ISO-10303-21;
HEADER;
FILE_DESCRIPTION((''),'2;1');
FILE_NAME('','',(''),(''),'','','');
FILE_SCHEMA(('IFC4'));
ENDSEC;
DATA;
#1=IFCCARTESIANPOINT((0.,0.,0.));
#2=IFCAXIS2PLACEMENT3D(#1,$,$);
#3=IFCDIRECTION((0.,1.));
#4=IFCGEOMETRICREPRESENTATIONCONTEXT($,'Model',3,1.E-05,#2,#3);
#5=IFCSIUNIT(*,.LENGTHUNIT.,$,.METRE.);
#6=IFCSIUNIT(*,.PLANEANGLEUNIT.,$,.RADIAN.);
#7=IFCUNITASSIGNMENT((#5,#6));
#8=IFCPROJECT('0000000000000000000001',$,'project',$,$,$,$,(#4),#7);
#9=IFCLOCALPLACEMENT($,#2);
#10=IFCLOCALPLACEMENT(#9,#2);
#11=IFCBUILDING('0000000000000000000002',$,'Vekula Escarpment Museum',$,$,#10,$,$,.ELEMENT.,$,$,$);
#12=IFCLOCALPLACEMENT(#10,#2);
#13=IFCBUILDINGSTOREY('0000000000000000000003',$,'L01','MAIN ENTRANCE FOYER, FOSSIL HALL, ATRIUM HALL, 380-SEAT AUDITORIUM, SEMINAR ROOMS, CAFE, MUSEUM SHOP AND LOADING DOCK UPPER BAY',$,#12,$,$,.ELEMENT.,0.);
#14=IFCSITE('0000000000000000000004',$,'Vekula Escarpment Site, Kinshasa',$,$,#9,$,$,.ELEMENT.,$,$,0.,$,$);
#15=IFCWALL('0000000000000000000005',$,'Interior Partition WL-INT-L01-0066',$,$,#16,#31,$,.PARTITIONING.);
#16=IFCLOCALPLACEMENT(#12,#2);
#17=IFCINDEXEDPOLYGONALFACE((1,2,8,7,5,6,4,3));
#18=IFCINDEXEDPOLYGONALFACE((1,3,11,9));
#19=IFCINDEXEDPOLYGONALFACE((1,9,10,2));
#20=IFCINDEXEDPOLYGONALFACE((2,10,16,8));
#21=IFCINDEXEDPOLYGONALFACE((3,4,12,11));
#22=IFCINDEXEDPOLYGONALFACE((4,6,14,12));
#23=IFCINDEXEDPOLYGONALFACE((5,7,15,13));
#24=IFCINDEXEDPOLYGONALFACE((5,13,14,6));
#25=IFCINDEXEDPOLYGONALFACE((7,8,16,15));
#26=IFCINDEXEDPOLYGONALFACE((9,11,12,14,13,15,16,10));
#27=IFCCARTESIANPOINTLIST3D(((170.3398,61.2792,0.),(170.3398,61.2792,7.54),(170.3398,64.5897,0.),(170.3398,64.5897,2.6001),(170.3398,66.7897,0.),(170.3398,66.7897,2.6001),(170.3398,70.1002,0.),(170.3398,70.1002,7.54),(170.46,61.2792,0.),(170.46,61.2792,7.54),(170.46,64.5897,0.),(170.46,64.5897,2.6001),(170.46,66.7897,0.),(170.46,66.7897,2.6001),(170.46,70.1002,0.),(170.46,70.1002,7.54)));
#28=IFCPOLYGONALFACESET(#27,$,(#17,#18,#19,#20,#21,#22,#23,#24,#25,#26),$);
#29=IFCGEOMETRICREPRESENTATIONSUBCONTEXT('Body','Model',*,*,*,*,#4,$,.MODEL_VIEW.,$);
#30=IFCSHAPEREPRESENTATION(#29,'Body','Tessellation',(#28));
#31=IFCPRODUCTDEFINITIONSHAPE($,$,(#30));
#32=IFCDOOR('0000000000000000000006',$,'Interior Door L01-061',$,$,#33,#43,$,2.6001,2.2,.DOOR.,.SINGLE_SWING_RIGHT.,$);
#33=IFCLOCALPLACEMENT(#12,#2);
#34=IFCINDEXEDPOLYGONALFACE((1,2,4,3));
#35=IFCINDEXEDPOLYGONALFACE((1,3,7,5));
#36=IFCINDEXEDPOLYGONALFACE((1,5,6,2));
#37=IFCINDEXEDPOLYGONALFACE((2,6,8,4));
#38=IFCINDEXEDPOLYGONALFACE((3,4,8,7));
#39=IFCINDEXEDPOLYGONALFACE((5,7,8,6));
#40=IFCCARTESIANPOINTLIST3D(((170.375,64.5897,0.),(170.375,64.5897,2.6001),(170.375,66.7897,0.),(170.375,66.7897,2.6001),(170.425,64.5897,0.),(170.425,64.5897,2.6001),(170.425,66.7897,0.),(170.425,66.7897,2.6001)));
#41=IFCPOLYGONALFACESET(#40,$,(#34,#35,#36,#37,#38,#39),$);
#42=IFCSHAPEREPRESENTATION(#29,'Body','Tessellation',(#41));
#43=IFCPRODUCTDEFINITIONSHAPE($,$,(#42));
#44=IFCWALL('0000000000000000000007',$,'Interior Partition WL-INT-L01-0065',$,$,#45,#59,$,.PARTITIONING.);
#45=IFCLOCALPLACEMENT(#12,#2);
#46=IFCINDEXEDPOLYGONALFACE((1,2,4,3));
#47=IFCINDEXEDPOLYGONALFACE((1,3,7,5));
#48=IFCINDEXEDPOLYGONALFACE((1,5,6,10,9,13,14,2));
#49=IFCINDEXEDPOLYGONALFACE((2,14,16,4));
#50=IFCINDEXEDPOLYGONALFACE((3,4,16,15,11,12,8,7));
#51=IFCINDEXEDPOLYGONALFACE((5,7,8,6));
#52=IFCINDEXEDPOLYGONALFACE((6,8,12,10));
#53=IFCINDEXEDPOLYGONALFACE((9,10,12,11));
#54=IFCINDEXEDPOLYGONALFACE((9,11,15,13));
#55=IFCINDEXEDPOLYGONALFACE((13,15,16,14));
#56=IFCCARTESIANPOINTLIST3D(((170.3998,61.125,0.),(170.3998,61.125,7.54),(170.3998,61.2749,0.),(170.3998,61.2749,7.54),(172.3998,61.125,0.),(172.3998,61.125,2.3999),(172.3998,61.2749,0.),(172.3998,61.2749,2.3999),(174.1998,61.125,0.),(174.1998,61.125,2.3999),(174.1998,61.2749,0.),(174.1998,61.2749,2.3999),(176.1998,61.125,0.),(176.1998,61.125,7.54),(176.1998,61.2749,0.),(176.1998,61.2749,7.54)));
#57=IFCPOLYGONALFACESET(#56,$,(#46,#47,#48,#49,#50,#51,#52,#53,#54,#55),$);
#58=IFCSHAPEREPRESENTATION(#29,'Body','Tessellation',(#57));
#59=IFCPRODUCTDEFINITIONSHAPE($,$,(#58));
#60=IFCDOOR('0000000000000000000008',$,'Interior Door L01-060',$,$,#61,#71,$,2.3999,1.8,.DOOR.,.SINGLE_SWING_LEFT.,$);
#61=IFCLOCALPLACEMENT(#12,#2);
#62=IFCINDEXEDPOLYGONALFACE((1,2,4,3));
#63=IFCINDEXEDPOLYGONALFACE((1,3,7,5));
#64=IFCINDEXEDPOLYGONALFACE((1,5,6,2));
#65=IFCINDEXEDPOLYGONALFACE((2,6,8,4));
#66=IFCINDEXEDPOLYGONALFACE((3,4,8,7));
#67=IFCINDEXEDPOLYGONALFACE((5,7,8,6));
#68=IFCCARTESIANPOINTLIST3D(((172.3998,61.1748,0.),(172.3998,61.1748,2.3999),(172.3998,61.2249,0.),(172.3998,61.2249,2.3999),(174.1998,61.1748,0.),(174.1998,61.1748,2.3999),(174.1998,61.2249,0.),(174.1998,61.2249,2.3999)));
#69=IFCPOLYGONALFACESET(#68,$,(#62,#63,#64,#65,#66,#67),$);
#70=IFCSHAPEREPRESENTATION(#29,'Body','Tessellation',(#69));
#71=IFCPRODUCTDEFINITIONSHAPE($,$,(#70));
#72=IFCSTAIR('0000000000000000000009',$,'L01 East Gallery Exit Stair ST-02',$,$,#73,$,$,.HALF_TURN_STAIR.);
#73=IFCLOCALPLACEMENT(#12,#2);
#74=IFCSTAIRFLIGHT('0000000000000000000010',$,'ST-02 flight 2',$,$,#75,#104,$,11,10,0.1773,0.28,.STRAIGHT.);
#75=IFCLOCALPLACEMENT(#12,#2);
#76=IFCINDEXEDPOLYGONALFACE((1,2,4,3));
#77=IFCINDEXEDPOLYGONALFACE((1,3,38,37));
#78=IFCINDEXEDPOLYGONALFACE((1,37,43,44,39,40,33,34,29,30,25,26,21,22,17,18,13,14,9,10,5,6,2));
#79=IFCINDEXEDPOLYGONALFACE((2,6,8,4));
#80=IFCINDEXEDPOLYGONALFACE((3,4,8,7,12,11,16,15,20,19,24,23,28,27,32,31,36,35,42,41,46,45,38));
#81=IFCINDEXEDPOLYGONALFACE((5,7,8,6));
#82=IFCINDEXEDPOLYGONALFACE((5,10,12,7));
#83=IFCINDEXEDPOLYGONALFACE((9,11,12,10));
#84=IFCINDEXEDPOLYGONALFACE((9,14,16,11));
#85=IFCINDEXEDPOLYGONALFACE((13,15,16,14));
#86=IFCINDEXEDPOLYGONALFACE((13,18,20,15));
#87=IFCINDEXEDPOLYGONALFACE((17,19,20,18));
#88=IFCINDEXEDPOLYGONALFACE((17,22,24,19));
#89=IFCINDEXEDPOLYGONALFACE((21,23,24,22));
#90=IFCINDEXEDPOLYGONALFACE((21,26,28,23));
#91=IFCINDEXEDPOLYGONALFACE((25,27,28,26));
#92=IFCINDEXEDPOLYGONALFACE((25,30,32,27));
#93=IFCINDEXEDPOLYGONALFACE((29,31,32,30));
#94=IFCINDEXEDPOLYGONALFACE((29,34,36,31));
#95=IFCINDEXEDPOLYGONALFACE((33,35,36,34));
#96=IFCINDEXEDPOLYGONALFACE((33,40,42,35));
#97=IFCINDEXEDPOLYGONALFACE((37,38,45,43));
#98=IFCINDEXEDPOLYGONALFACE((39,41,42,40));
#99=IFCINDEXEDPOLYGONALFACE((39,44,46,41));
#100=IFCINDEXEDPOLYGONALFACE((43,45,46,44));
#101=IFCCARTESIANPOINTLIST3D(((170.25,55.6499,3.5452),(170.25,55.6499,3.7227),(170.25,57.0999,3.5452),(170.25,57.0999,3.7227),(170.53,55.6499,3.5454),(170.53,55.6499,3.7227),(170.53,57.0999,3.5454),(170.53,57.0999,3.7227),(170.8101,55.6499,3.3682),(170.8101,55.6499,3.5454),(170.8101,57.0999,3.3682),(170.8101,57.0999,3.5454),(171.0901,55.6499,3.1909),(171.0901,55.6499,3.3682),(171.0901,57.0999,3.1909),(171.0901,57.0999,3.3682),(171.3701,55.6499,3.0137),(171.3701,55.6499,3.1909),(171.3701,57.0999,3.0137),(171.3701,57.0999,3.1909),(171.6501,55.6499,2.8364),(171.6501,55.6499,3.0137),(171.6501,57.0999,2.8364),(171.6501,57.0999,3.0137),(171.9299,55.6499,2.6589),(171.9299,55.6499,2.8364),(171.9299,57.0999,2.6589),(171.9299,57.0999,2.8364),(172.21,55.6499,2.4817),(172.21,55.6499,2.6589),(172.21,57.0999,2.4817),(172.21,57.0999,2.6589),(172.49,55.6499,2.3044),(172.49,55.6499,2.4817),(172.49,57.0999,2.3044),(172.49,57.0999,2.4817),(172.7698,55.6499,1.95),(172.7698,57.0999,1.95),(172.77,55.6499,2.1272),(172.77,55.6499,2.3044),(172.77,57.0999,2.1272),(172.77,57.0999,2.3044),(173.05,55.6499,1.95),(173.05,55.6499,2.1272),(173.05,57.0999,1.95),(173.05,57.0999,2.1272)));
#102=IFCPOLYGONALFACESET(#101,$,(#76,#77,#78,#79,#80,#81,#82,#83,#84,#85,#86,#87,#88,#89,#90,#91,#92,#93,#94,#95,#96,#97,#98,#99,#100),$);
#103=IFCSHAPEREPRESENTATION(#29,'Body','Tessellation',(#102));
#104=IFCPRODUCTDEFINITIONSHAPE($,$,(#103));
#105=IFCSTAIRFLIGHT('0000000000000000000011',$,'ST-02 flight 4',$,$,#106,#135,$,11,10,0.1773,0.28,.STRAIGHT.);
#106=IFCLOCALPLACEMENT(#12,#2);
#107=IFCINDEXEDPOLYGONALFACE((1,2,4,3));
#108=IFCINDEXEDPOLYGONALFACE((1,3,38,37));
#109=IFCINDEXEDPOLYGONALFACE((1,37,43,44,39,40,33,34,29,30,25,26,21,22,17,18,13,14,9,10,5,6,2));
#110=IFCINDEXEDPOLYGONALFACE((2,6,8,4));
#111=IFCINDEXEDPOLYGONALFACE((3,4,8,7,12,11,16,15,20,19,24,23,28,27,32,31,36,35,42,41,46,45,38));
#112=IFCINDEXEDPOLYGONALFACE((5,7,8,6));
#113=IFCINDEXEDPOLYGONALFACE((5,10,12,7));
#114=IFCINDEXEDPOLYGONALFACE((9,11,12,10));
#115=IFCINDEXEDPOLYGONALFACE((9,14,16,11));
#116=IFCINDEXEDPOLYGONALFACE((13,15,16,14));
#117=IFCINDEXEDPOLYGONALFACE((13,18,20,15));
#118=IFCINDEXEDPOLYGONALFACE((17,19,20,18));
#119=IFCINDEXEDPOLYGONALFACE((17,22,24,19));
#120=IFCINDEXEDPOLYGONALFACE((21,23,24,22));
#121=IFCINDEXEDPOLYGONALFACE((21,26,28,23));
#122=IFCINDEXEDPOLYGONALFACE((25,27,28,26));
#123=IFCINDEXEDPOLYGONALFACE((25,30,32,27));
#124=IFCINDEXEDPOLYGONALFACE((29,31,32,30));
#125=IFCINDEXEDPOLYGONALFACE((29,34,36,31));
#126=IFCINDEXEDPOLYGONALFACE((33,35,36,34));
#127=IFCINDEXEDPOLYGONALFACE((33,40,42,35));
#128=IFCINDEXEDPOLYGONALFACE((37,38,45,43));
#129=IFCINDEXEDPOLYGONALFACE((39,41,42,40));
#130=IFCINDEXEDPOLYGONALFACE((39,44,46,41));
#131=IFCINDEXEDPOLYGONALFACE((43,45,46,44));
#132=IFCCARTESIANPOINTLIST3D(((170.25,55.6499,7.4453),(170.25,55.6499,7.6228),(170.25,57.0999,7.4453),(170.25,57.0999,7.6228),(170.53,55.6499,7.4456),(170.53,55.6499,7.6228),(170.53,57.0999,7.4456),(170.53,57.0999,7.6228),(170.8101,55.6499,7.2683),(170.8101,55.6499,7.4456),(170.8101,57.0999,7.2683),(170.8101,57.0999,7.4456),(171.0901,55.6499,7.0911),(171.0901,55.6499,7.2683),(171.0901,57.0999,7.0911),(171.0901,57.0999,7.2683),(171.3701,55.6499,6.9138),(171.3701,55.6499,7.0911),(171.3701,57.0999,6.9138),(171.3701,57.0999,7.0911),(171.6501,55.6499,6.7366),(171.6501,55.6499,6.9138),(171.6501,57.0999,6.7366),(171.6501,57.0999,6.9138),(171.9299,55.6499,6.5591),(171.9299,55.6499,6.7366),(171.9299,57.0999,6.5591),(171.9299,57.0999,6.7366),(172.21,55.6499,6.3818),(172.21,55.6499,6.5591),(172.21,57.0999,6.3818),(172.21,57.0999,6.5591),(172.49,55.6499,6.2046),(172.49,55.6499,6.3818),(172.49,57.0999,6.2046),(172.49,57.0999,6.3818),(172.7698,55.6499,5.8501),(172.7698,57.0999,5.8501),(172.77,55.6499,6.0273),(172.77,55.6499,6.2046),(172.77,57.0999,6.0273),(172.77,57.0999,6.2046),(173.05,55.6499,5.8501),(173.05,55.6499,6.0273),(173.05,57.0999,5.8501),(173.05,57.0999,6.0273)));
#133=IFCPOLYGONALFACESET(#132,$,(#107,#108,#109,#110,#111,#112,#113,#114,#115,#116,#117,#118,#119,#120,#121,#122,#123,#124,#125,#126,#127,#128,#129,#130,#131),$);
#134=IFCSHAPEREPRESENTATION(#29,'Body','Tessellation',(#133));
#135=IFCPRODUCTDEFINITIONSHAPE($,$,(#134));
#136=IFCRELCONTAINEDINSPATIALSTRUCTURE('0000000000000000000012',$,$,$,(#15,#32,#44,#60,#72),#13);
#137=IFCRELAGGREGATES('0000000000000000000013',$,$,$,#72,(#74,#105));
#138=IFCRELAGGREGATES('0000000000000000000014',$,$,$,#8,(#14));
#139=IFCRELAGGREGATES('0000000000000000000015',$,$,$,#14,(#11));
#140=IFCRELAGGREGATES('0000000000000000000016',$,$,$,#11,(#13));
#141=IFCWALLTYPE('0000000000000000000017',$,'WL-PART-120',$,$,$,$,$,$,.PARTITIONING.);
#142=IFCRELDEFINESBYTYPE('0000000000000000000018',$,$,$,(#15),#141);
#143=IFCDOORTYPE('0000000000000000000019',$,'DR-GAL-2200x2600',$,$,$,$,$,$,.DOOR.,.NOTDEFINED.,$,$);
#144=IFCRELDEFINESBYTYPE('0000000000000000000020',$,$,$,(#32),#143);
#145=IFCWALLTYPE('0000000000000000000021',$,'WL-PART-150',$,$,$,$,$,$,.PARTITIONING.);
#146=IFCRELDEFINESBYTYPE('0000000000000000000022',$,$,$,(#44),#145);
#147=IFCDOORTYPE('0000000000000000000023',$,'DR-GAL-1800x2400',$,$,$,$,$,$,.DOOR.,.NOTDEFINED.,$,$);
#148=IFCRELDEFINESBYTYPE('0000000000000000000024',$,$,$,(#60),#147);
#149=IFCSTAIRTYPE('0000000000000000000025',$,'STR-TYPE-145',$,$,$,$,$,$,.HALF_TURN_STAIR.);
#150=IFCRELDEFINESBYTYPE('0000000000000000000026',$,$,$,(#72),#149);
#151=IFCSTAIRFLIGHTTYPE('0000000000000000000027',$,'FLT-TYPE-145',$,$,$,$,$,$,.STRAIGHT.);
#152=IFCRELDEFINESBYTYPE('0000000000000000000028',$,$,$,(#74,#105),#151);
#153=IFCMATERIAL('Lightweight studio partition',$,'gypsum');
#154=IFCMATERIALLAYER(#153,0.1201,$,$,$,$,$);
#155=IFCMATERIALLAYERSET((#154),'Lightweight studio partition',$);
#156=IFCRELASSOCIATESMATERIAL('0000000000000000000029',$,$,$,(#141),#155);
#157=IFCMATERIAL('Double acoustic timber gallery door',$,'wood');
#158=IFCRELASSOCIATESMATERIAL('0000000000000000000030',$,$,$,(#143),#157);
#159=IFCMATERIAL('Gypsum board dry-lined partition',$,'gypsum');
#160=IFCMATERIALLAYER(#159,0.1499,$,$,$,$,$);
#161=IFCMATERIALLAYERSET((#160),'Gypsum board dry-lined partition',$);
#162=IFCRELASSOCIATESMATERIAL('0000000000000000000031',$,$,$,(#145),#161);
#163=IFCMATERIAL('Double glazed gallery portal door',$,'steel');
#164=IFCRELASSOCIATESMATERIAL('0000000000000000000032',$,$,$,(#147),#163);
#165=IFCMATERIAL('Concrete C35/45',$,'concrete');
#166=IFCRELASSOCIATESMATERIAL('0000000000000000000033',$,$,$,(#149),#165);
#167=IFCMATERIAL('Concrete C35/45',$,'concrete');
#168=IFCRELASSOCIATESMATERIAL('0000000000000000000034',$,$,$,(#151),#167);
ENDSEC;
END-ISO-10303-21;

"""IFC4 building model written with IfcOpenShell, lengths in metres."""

from ifc_helpers import new_model, si_unit, direction, frame, frame_2d, origin, place, context, subcontext, project, spatial, polyline, rectangle, outline, extrude, material, layer, layer_set, type_object, element, fill, aggregate, save


model = new_model("IFC4")

# Units and contexts
model_context = context("Model", 3, precision=1e-05, world=origin(), true_north=direction((0.0, 1.0)))
body_context = subcontext(model_context, "Body", "Model", "MODEL_VIEW")
ifc_project = project(units=[si_unit("LENGTHUNIT", "METRE"), si_unit("PLANEANGLEUNIT", "RADIAN")], contexts=[model_context])

# Site, building, storey
site_placement = place(None, origin())
site = spatial("IfcSite", under=ifc_project, at=site_placement, Name="Vekula Escarpment Site, Kinshasa", CompositionType="ELEMENT", RefElevation=0.0)
building_placement = place(site_placement, origin())
building = spatial("IfcBuilding", under=site, at=building_placement, Name="Vekula Escarpment Museum", CompositionType="ELEMENT")
storey_placement = place(building_placement, origin())
storey = spatial("IfcBuildingStorey", under=building, at=storey_placement, Name="L01", Description="MAIN ENTRANCE FOYER, FOSSIL HALL, ATRIUM HALL, 380-SEAT AUDITORIUM, SEMINAR ROOMS, CAFE, MUSEUM SHOP AND LOADING DOCK UPPER BAY", CompositionType="ELEMENT", Elevation=0.0)

# Walls, openings, doors
ifc_material_1 = material(Name="Lightweight studio partition", Category="gypsum")
ifc_layer_1 = layer(ifc_material_1, 0.1201)
ifc_layer_set_1 = layer_set([ifc_layer_1], Name="Lightweight studio partition")
wall_type_1 = type_object("IfcWallType", Name="WL-PART-120", PredefinedType="PARTITIONING", material=ifc_layer_set_1)
wall_1_placement = place(storey_placement, frame((170.3999, 61.2791, 0.0), z_axis=(0.0, 0.0, 1.0), x_axis=(0.0, 1.0, 0.0)))
wall_1 = element("IfcWall", 1, at=wall_1_placement, inside=storey, type_object=wall_type_1, Name="Interior Partition WL-INT-L01-0066", PredefinedType="PARTITIONING", context=body_context, shape_type="SweptSolid", body=[
    extrude(rectangle(XDim=8.821, YDim=0.1201, at=frame_2d((4.4106, 0.0))), origin(), (0.0, 0.0, 1.0), 7.54),
])
opening_1_placement = place(wall_1_placement, frame((3.3105, 0.0, 0.0)))
opening_1 = element("IfcOpeningElement", 2, at=opening_1_placement, cuts=wall_1, PredefinedType="OPENING", context=body_context, shape_type="SweptSolid", body=[
    extrude(rectangle(XDim=2.2, YDim=2.6001, at=frame_2d((1.1001, 1.3))), frame((0.0, 0.0701, 0.0), z_axis=(0.0, -1.0, 0.0), x_axis=(1.0, 0.0, 0.0)), (0.0, 0.0, 1.0), 0.1401),
])
ifc_material_2 = material(Name="Double acoustic timber gallery door", Category="wood")
door_type_1 = type_object("IfcDoorType", Name="DR-GAL-2200x2600", OperationType="NOTDEFINED", PredefinedType="DOOR", material=ifc_material_2)
door_1_placement = place(opening_1_placement, origin())
door_1 = element("IfcDoor", 3, at=door_1_placement, inside=storey, type_object=door_type_1, Name="Interior Door L01-061", OperationType="SINGLE_SWING_RIGHT", OverallHeight=2.6001, OverallWidth=2.2, PredefinedType="DOOR", context=body_context, shape_type="SweptSolid", body=[
    extrude(rectangle(XDim=2.2, YDim=2.6001, at=frame_2d((1.1001, 1.3))), frame((0.0, 0.0249, 0.0), z_axis=(0.0, -1.0, 0.0), x_axis=(1.0, 0.0, 0.0)), (0.0, 0.0, 1.0), 0.05),
])
fill(opening_1, door_1)
ifc_material_3 = material(Name="Gypsum board dry-lined partition", Category="gypsum")
ifc_layer_2 = layer(ifc_material_3, 0.1499)
ifc_layer_set_2 = layer_set([ifc_layer_2], Name="Gypsum board dry-lined partition")
wall_type_2 = type_object("IfcWallType", Name="WL-PART-150", PredefinedType="PARTITIONING", material=ifc_layer_set_2)
wall_2_placement = place(storey_placement, frame((170.3999, 61.2, 0.0), z_axis=(0.0, 0.0, 1.0), x_axis=(1.0, 0.0, 0.0)))
wall_2 = element("IfcWall", 4, at=wall_2_placement, inside=storey, type_object=wall_type_2, Name="Interior Partition WL-INT-L01-0065", PredefinedType="PARTITIONING", context=body_context, shape_type="SweptSolid", body=[
    extrude(rectangle(XDim=5.8, YDim=0.1499, at=frame_2d((2.8999, 0.0))), origin(), (0.0, 0.0, 1.0), 7.54),
])
opening_2_placement = place(wall_2_placement, frame((2.0, 0.0, 0.0)))
opening_2 = element("IfcOpeningElement", 5, at=opening_2_placement, cuts=wall_2, PredefinedType="OPENING", context=body_context, shape_type="SweptSolid", body=[
    extrude(rectangle(XDim=1.8, YDim=2.3999, at=frame_2d((0.8999, 1.2))), frame((0.0, 0.085, 0.0), z_axis=(0.0, -1.0, 0.0), x_axis=(1.0, 0.0, 0.0)), (0.0, 0.0, 1.0), 0.1699),
])
ifc_material_4 = material(Name="Double glazed gallery portal door", Category="steel")
door_type_2 = type_object("IfcDoorType", Name="DR-GAL-1800x2400", OperationType="NOTDEFINED", PredefinedType="DOOR", material=ifc_material_4)
door_2_placement = place(opening_2_placement, origin())
door_2 = element("IfcDoor", 6, at=door_2_placement, inside=storey, type_object=door_type_2, Name="Interior Door L01-060", OperationType="SINGLE_SWING_LEFT", OverallHeight=2.3999, OverallWidth=1.8, PredefinedType="DOOR", context=body_context, shape_type="SweptSolid", body=[
    extrude(rectangle(XDim=1.8, YDim=2.3999, at=frame_2d((0.8999, 1.2))), frame((0.0, 0.0249, 0.0), z_axis=(0.0, -1.0, 0.0), x_axis=(1.0, 0.0, 0.0)), (0.0, 0.0, 1.0), 0.05),
])
fill(opening_2, door_2)

# Stair, stair flights
ifc_material_5 = material(Name="Concrete C35/45", Category="concrete")
stair_type = type_object("IfcStairType", Name="STR-TYPE-145", PredefinedType="HALF_TURN_STAIR", material=ifc_material_5)
stair_placement = place(storey_placement, origin())
stair = element("IfcStair", 7, at=stair_placement, inside=storey, type_object=stair_type, Name="L01 East Gallery Exit Stair ST-02", PredefinedType="HALF_TURN_STAIR")
ifc_material_6 = material(Name="Concrete C35/45", Category="concrete")
stair_flight_type = type_object("IfcStairFlightType", Name="FLT-TYPE-145", PredefinedType="STRAIGHT", material=ifc_material_6)
stair_flight_1_placement = place(storey_placement, frame((173.05, 56.375, 1.95), z_axis=(0.0, 0.0, 1.0), x_axis=(-1.0, 0.0, 0.0)))
stair_flight_1 = element("IfcStairFlight", 8, at=stair_flight_1_placement, type_object=stair_flight_type, Name="ST-02 flight 2", NumberOfRisers=11, NumberOfTreads=10, PredefinedType="STRAIGHT", RiserHeight=0.1773, TreadLength=0.28, context=body_context, shape_type="SweptSolid", body=[
    extrude(outline(polyline([(0.0, 0.0), (0.0, 0.1772), (0.28, 0.1772), (0.28, 0.3545), (0.5601, 0.3545), (0.5601, 0.5317), (0.8401, 0.5317), (0.8401, 0.709), (1.1201, 0.709), (1.1201, 0.8865), (1.3999, 0.8865), (1.3999, 1.0637), (1.6799, 1.0637), (1.6799, 1.241), (1.96, 1.241), (1.96, 1.4182), (2.24, 1.4182), (2.24, 1.5955), (2.52, 1.5955), (2.52, 1.7727), (2.8, 1.7727), (2.8, 1.95), (2.8, 1.5952), (0.2803, 0.0), (0.0, 0.0)])), frame((0.0, 0.7251, 0.0), z_axis=(0.0, -1.0, 0.0), x_axis=(1.0, 0.0, 0.0)), (0.0, 0.0, 1.0), 1.45),
])
stair_flight_2_placement = place(storey_placement, frame((173.05, 56.375, 5.8501), z_axis=(0.0, 0.0, 1.0), x_axis=(-1.0, 0.0, 0.0)))
stair_flight_2 = element("IfcStairFlight", 9, at=stair_flight_2_placement, type_object=stair_flight_type, Name="ST-02 flight 4", NumberOfRisers=11, NumberOfTreads=10, PredefinedType="STRAIGHT", RiserHeight=0.1773, TreadLength=0.28, context=body_context, shape_type="SweptSolid", body=[
    extrude(outline(polyline([(0.0, 0.0), (0.0, 0.1772), (0.28, 0.1772), (0.28, 0.3545), (0.5601, 0.3545), (0.5601, 0.5317), (0.8401, 0.5317), (0.8401, 0.709), (1.1201, 0.709), (1.1201, 0.8865), (1.3999, 0.8865), (1.3999, 1.0637), (1.6799, 1.0637), (1.6799, 1.241), (1.96, 1.241), (1.96, 1.4182), (2.24, 1.4182), (2.24, 1.5955), (2.52, 1.5955), (2.52, 1.7727), (2.8, 1.7727), (2.8, 1.95), (2.8, 1.5952), (0.2803, 0.0), (0.0, 0.0)])), frame((0.0, 0.7251, 0.0), z_axis=(0.0, -1.0, 0.0), x_axis=(1.0, 0.0, 0.0)), (0.0, 0.0, 1.0), 1.45),
])
aggregate(stair, [stair_flight_1, stair_flight_2])

save(model, "model.ifc")
